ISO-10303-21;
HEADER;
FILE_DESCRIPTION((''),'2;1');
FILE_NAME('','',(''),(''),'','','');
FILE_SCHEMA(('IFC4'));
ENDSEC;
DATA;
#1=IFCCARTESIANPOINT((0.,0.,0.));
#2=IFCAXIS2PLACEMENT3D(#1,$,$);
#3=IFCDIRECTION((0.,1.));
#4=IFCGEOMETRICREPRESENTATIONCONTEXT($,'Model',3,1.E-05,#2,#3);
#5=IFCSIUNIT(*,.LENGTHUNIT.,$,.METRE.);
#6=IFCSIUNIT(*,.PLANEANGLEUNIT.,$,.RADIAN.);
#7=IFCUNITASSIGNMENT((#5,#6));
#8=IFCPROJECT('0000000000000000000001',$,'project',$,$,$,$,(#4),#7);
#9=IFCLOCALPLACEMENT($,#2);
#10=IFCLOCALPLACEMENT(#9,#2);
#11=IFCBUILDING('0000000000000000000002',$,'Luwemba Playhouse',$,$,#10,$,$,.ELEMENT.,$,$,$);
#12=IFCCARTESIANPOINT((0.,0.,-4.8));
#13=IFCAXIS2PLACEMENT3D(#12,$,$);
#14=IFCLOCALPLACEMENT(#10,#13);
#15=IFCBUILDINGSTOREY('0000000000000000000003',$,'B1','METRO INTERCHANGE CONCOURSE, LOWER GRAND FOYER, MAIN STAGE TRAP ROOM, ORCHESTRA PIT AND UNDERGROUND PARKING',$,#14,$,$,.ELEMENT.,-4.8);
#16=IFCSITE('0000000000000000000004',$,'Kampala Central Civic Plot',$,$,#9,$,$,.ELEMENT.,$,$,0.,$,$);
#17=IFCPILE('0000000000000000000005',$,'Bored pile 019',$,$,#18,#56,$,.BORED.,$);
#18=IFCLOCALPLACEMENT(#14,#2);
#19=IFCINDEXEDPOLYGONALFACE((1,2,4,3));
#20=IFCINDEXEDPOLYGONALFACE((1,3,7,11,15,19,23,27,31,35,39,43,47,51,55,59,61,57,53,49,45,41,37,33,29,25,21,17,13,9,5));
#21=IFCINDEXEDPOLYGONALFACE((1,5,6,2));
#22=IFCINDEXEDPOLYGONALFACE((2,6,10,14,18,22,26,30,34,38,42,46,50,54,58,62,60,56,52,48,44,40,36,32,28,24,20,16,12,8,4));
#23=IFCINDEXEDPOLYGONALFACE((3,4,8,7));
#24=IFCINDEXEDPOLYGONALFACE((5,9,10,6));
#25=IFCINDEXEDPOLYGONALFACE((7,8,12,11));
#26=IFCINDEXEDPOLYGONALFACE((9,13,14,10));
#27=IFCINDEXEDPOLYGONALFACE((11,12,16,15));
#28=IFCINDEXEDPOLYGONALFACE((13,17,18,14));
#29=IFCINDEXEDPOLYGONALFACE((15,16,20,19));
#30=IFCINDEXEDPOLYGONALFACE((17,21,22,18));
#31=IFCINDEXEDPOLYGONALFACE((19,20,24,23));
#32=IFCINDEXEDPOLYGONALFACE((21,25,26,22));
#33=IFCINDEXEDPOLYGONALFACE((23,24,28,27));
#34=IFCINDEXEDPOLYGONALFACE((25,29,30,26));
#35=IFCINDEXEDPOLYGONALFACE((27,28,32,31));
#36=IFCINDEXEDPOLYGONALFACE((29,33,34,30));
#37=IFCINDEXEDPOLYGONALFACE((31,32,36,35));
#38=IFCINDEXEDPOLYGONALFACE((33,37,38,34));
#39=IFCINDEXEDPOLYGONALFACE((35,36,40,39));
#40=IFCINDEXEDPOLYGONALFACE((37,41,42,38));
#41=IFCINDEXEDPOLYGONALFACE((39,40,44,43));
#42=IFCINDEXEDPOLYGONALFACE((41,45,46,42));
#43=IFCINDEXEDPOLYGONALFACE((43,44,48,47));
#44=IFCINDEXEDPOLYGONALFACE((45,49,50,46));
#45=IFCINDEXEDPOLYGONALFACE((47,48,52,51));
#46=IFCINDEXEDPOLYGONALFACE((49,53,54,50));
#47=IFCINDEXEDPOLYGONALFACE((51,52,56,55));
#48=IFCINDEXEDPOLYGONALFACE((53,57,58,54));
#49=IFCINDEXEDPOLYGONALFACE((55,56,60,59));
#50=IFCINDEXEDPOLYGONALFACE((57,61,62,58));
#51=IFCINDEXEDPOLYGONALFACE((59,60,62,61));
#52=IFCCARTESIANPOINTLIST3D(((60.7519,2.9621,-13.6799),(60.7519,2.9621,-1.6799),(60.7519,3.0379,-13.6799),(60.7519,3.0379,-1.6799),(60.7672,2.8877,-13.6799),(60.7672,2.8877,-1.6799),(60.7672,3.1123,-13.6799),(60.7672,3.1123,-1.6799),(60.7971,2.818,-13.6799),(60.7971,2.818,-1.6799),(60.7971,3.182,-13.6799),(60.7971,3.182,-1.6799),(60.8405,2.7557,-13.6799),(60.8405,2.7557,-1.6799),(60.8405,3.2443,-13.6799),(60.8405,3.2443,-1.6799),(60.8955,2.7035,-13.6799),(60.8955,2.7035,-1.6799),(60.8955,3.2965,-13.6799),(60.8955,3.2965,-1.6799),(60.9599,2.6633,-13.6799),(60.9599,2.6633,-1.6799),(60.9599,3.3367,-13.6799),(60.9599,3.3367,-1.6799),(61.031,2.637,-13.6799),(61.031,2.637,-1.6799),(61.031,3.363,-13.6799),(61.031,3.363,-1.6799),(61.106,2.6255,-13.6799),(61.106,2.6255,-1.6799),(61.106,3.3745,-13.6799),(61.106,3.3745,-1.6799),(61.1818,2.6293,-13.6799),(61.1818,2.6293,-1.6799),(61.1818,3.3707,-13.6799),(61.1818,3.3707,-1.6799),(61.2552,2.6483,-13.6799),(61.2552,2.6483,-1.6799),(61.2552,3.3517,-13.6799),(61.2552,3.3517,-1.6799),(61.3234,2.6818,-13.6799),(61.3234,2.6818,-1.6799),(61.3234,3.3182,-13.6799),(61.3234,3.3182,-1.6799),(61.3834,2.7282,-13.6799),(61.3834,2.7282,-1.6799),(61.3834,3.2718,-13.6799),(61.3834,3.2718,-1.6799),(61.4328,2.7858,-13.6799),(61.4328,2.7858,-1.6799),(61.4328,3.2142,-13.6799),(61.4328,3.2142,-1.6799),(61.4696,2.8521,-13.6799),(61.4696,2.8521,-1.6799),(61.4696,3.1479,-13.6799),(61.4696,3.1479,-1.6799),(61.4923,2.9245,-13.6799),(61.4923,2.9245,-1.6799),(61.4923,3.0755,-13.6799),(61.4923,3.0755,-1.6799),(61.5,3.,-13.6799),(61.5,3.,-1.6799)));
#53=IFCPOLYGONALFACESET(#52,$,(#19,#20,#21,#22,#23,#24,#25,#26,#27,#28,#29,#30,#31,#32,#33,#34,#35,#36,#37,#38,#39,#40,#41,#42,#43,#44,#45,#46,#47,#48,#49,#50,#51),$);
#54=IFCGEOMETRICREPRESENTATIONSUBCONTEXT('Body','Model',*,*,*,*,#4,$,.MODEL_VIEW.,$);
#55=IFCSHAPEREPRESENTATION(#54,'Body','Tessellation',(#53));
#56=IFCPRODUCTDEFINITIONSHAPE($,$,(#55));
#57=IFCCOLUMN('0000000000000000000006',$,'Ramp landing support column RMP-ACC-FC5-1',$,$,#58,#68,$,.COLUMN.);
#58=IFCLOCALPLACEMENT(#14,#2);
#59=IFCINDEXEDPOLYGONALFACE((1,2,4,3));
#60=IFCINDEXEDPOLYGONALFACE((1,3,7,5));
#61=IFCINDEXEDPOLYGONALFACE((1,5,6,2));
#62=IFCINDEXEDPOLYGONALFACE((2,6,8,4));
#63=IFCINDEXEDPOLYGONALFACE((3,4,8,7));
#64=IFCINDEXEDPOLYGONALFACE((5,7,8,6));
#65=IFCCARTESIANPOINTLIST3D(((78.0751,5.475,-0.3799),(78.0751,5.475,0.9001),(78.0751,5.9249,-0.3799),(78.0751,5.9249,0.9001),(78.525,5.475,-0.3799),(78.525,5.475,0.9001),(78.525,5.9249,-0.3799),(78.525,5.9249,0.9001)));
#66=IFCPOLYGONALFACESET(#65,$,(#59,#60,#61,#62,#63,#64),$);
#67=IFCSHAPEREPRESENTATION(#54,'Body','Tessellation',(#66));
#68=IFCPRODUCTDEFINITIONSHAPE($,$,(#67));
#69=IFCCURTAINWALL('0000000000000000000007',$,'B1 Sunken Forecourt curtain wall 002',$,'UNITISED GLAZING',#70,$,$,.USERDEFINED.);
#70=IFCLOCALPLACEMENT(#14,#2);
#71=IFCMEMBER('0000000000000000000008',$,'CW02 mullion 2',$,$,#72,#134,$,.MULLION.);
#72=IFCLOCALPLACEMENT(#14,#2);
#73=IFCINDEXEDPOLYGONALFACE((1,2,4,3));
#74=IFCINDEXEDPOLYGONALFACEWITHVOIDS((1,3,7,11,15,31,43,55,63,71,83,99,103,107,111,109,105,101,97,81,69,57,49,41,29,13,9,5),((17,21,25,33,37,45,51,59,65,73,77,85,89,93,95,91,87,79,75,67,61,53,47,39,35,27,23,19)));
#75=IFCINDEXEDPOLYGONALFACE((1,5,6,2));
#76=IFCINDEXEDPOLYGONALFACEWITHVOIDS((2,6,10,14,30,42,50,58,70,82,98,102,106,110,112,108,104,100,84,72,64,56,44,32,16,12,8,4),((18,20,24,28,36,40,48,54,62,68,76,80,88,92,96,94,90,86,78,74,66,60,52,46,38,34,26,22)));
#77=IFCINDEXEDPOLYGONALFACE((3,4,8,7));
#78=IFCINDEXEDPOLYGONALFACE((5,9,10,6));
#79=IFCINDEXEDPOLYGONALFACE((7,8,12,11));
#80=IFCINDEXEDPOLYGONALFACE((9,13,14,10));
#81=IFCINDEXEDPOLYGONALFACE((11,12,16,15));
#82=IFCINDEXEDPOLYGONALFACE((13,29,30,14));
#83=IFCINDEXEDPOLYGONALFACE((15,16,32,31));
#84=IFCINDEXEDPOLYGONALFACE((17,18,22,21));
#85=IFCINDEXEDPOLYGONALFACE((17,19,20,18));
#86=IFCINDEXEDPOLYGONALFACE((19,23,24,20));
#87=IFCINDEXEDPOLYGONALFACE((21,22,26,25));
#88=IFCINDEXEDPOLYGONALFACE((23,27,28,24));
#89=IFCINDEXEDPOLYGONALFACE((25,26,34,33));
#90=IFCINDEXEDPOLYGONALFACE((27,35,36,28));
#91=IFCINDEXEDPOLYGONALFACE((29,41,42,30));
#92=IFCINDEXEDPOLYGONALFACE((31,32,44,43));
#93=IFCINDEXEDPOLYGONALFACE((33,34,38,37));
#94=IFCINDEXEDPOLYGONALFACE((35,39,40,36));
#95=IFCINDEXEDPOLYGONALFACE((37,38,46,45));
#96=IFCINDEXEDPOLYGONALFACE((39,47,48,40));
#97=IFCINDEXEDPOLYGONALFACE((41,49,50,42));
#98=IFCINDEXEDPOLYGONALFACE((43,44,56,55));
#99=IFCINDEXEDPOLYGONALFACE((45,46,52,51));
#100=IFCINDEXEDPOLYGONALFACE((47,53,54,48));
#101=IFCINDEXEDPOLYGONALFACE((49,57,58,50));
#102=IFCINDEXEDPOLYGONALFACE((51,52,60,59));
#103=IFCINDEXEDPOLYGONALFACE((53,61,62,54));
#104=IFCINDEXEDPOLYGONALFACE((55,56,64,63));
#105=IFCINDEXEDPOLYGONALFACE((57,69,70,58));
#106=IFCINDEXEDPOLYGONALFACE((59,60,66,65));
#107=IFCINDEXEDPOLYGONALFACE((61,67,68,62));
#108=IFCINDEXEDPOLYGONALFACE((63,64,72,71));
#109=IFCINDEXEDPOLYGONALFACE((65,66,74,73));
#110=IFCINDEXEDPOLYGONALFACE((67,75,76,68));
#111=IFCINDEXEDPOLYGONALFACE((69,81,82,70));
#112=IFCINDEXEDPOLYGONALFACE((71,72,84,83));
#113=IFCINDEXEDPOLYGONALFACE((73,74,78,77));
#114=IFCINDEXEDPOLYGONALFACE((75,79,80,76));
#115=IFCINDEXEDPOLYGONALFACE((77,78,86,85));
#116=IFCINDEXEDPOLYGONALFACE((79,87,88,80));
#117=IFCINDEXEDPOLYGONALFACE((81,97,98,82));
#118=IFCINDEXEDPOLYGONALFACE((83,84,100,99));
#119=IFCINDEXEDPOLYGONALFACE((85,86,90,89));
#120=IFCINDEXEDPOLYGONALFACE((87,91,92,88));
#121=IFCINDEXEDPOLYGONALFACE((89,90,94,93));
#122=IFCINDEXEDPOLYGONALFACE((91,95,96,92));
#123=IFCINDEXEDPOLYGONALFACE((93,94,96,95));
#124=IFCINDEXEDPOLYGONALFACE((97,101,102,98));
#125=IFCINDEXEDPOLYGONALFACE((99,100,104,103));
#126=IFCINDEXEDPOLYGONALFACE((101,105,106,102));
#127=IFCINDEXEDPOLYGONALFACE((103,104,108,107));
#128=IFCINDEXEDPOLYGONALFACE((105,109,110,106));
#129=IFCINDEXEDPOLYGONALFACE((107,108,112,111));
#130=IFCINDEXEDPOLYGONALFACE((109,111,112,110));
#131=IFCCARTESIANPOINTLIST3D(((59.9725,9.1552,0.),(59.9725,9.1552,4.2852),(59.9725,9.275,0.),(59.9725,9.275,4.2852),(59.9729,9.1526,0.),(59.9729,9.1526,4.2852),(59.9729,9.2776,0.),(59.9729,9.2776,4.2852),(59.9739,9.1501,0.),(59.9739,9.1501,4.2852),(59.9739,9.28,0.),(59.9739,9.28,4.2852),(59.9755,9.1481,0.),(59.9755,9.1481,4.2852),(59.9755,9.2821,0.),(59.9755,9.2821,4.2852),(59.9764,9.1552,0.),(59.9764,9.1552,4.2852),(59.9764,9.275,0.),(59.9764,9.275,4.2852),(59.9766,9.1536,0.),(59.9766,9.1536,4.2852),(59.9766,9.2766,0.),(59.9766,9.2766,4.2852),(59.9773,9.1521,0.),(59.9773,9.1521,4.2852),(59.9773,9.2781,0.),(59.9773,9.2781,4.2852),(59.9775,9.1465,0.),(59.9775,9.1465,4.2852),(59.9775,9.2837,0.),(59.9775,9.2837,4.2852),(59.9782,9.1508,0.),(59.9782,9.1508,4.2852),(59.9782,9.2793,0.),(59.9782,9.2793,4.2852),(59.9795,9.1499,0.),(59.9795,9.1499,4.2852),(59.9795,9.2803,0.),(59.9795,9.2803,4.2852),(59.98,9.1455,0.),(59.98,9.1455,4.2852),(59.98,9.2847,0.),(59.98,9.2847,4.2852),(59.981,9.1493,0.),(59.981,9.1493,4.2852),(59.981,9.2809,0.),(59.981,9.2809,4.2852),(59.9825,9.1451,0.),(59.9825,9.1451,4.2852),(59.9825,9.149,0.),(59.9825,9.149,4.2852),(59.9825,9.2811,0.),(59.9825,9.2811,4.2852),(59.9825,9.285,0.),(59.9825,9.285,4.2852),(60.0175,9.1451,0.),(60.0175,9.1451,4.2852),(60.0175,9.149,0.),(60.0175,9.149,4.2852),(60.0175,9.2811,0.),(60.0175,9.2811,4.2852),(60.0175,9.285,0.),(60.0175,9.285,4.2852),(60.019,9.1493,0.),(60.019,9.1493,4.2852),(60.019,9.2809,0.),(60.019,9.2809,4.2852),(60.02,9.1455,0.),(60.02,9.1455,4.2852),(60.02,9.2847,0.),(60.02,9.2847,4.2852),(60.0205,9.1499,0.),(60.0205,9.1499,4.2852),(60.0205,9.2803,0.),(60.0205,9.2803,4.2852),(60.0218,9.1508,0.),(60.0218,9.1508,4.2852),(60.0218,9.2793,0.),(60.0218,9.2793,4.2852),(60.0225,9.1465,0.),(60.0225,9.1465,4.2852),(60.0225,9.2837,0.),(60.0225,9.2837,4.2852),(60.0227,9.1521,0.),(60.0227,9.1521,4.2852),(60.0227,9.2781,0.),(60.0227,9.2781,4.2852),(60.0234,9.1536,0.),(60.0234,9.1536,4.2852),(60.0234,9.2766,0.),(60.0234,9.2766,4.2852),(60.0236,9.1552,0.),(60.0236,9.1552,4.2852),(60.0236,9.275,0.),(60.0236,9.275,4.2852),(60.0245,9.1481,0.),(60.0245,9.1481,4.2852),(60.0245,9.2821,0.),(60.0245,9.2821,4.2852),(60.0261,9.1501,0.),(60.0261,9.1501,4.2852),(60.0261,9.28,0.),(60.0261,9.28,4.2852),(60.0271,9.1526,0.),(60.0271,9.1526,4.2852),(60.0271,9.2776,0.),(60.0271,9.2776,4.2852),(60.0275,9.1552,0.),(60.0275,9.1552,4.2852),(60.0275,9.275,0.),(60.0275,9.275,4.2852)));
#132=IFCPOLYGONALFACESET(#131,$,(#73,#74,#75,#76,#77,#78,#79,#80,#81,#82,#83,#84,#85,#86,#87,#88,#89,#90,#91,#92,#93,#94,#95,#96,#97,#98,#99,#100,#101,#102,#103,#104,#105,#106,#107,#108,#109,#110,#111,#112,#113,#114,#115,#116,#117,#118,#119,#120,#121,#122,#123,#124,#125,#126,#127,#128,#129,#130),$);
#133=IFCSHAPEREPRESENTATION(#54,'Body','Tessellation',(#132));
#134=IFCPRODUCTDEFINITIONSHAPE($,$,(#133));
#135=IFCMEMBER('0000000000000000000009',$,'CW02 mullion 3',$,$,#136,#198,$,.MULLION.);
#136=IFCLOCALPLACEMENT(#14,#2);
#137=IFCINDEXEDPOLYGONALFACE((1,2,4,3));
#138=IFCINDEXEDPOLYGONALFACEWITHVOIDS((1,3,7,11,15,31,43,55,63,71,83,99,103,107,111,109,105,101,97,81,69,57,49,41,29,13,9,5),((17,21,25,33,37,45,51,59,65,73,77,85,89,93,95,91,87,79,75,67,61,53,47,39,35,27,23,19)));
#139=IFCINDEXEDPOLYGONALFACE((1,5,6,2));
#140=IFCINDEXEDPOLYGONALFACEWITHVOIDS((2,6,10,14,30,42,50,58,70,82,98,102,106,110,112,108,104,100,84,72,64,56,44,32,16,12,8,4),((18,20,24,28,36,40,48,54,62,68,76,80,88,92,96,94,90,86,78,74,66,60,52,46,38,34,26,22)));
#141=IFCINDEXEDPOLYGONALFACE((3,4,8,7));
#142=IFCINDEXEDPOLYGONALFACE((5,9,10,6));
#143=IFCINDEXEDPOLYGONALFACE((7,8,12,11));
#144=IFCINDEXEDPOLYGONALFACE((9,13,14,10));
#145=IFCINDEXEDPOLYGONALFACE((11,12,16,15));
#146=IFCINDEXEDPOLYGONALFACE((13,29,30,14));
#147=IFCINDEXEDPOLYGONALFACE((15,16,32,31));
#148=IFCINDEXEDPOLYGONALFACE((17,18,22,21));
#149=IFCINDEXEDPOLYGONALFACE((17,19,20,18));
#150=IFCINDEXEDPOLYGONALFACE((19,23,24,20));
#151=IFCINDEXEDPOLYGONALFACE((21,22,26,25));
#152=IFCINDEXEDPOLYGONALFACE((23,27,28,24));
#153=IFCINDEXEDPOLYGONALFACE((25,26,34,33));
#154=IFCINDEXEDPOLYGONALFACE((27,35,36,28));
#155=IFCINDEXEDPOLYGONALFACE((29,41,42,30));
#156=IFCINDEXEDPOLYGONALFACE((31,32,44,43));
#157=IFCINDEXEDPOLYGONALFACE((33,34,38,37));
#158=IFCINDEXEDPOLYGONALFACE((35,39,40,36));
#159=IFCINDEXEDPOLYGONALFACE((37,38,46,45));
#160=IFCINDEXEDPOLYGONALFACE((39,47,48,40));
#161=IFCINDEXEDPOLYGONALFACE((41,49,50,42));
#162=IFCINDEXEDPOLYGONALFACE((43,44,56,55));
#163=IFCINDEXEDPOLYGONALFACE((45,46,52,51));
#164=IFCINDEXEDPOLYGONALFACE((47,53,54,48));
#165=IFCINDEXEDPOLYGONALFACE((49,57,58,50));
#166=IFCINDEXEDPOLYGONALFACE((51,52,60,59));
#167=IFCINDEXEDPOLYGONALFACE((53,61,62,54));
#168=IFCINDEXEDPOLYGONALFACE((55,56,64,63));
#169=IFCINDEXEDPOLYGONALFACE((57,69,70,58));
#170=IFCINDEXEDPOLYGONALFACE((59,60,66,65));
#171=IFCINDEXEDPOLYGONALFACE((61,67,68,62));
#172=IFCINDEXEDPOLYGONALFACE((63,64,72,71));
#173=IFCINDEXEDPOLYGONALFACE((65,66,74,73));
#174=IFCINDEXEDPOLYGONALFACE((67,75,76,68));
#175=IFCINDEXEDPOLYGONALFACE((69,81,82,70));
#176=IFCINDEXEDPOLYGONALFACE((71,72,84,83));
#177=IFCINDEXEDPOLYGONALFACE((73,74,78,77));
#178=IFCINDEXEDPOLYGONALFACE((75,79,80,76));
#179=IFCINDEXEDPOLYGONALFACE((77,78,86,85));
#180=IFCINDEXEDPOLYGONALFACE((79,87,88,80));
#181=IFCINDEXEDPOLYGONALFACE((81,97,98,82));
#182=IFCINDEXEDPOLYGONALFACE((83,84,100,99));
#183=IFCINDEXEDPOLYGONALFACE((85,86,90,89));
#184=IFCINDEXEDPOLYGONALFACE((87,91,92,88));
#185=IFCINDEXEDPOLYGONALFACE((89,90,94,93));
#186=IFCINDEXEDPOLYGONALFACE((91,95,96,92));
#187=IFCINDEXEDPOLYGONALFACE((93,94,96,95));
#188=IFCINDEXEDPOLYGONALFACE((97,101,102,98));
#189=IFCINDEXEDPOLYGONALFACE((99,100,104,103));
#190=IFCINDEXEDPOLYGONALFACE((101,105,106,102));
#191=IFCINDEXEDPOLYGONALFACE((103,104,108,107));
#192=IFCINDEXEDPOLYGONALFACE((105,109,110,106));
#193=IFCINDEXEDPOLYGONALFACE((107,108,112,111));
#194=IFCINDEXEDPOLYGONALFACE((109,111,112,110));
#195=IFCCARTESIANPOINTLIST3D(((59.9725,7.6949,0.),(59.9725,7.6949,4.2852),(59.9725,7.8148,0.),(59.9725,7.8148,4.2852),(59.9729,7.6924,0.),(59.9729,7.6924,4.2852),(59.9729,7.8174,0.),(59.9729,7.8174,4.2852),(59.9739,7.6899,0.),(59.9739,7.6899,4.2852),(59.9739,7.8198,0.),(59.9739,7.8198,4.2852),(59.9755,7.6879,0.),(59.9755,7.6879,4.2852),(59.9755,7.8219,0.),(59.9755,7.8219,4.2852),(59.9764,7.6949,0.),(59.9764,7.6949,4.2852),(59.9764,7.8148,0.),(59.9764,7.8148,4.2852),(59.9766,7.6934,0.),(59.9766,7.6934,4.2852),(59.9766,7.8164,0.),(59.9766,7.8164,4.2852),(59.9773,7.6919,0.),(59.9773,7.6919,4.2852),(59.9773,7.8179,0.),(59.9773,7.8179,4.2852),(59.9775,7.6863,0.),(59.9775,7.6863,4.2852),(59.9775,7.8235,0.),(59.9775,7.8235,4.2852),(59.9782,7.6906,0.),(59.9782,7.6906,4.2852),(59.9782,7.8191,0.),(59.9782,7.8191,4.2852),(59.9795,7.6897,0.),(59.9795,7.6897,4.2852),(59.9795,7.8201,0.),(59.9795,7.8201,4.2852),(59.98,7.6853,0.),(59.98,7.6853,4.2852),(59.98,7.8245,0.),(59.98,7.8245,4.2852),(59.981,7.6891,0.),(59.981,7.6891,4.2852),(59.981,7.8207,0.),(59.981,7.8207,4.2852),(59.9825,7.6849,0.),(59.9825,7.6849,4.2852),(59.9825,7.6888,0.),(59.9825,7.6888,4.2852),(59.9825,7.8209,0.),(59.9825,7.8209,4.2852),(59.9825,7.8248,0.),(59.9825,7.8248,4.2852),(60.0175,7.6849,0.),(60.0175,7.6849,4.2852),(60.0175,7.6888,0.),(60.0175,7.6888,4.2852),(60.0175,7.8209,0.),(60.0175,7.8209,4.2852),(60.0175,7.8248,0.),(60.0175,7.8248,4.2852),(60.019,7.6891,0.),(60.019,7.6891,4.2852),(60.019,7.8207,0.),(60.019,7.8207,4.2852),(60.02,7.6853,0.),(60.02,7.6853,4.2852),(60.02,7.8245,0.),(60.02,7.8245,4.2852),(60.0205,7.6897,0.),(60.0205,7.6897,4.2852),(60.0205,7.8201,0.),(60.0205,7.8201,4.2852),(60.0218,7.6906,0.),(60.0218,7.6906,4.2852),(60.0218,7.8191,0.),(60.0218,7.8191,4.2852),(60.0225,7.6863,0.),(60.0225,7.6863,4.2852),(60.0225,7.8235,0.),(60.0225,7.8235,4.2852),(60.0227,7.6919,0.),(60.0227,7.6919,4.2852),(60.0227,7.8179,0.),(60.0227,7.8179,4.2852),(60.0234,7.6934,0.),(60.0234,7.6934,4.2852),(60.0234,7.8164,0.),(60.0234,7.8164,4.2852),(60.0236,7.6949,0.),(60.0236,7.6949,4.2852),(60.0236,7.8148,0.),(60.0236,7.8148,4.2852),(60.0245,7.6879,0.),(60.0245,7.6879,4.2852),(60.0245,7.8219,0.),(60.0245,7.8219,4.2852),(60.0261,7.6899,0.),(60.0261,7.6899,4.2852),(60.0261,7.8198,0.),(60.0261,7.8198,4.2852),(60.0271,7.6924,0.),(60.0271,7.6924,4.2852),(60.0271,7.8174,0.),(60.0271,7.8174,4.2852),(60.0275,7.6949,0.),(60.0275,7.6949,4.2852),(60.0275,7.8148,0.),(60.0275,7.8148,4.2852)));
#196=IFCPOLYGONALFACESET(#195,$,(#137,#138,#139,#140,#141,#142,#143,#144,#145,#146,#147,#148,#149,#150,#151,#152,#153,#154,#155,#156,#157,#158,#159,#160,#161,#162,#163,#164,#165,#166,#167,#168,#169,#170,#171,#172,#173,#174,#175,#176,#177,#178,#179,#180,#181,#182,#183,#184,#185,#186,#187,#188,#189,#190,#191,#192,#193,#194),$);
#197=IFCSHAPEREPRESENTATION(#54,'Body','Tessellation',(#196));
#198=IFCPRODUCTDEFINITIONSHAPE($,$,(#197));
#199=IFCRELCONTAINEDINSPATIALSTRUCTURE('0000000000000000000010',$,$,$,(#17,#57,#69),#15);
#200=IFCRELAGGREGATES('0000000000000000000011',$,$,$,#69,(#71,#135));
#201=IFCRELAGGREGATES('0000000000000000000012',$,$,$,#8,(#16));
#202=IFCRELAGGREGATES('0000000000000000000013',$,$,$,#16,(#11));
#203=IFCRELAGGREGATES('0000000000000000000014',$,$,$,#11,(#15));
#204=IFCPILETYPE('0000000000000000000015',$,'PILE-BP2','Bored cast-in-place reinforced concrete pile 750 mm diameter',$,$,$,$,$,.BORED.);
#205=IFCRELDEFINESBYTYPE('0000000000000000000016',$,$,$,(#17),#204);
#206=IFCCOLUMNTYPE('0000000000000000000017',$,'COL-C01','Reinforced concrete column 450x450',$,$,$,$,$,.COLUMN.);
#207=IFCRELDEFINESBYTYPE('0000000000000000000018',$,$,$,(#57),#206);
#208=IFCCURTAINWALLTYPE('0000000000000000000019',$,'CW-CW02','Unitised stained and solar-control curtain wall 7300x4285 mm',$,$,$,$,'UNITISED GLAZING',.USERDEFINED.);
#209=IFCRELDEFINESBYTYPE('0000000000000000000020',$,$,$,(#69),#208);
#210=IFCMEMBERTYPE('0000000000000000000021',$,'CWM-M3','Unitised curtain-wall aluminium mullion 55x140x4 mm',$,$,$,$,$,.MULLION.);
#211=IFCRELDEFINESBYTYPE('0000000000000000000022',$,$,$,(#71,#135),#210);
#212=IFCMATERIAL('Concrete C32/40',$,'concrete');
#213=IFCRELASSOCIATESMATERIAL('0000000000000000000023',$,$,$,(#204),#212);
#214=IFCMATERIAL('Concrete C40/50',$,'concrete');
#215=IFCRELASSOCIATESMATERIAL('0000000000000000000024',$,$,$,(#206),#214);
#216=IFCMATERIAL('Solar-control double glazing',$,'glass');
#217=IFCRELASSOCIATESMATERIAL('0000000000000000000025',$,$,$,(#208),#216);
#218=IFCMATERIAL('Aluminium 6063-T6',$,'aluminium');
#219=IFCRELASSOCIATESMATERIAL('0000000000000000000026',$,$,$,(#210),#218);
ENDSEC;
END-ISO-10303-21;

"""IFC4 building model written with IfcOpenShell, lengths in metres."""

from ifc_helpers import new_model, si_unit, direction, frame, origin, origin_2d, place, context, subcontext, project, spatial, rectangle, hollow_rectangle, circle, extrude, material, material_profile, profile_set, type_object, element, aggregate, save


model = new_model("IFC4")

# Units and contexts
model_context = context("Model", 3, precision=1e-05, world=origin(), true_north=direction((0.0, 1.0)))
body_context = subcontext(model_context, "Body", "Model", "MODEL_VIEW")
ifc_project = project(units=[si_unit("LENGTHUNIT", "METRE"), si_unit("PLANEANGLEUNIT", "RADIAN")], contexts=[model_context])

# Site, building, storey
site_placement = place(None, origin())
site = spatial("IfcSite", under=ifc_project, at=site_placement, Name="Kampala Central Civic Plot", CompositionType="ELEMENT", RefElevation=0.0)
building_placement = place(site_placement, origin())
building = spatial("IfcBuilding", under=site, at=building_placement, Name="Luwemba Playhouse", CompositionType="ELEMENT")
storey_placement = place(building_placement, frame((0.0, 0.0, -4.8)))
storey = spatial("IfcBuildingStorey", under=building, at=storey_placement, Name="B1", Description="METRO INTERCHANGE CONCOURSE, LOWER GRAND FOYER, MAIN STAGE TRAP ROOM, ORCHESTRA PIT AND UNDERGROUND PARKING", CompositionType="ELEMENT", Elevation=-4.8)

# Shared definitions
ifc_material_1 = material(Name="Concrete C32/40", Category="concrete")

# Pile
ifc_material_profile_1 = material_profile(ifc_material_1, circle(Radius=0.375, at=origin_2d()))
ifc_profile_set_1 = profile_set([ifc_material_profile_1], Name="Concrete C32/40")
pile_type_1 = type_object("IfcPileType", Name="PILE-BP2", Description="Bored cast-in-place reinforced concrete pile 750 mm diameter", PredefinedType="BORED", material=ifc_profile_set_1)
pile_placement = place(storey_placement, frame((61.125, 3.0, -1.6799), z_axis=(0.0, 0.0, -1.0), x_axis=(1.0, 0.0, 0.0)))
element("IfcPile", 1, at=pile_placement, inside=storey, type_object=pile_type_1, Name="Bored pile 019", PredefinedType="BORED", context=body_context, shape_type="SweptSolid", body=[
    extrude(circle(Radius=0.375, at=origin_2d()), origin(), (0.0, 0.0, 1.0), 12.0),
])

# Column
ifc_material_2 = material(Name="Concrete C40/50", Category="concrete")
ifc_material_profile_2 = material_profile(ifc_material_2, rectangle(XDim=0.45, YDim=0.45, at=origin_2d()))
ifc_profile_set_2 = profile_set([ifc_material_profile_2], Name="Concrete C40/50")
column_type = type_object("IfcColumnType", Name="COL-C01", Description="Reinforced concrete column 450x450", PredefinedType="COLUMN", material=ifc_profile_set_2)
column_placement = place(storey_placement, frame((78.3, 5.7, -0.3799), z_axis=(0.0, 0.0, 1.0), x_axis=(1.0, 0.0, 0.0)))
element("IfcColumn", 2, at=column_placement, inside=storey, type_object=column_type, Name="Ramp landing support column RMP-ACC-FC5-1", PredefinedType="COLUMN", context=body_context, shape_type="SweptSolid", body=[
    extrude(rectangle(XDim=0.45, YDim=0.45, at=origin_2d()), origin(), (0.0, 0.0, 1.0), 1.28),
])

# Curtain wall, members
ifc_material_3 = material(Name="Solar-control double glazing", Category="glass")
curtain_wall_type = type_object("IfcCurtainWallType", Name="CW-CW02", Description="Unitised stained and solar-control curtain wall 7300x4285 mm", ElementType="UNITISED GLAZING", PredefinedType="USERDEFINED", material=ifc_material_3)
curtain_wall_placement = place(storey_placement, origin())
curtain_wall = element("IfcCurtainWall", 3, at=curtain_wall_placement, inside=storey, type_object=curtain_wall_type, Name="B1 Sunken Forecourt curtain wall 002", ObjectType="UNITISED GLAZING", PredefinedType="USERDEFINED")
ifc_material_4 = material(Name="Aluminium 6063-T6", Category="aluminium")
ifc_material_profile_3 = material_profile(ifc_material_4, hollow_rectangle(XDim=0.0549, YDim=0.1399, WallThickness=0.0039, InnerFilletRadius=0.0061, OuterFilletRadius=0.01, at=origin_2d()))
ifc_profile_set_3 = profile_set([ifc_material_profile_3], Name="Aluminium 6063-T6")
member_type_1 = type_object("IfcMemberType", Name="CWM-M3", Description="Unitised curtain-wall aluminium mullion 55x140x4 mm", PredefinedType="MULLION", material=ifc_profile_set_3)
member_1_placement = place(storey_placement, frame((60.0, 9.2151, 0.0), z_axis=(0.0, 0.0, 1.0), x_axis=(1.0, 0.0, 0.0)))
member_1 = element("IfcMember", 4, at=member_1_placement, type_object=member_type_1, Name="CW02 mullion 2", PredefinedType="MULLION", context=body_context, shape_type="SweptSolid", body=[
    extrude(hollow_rectangle(XDim=0.0549, YDim=0.1399, WallThickness=0.0039, InnerFilletRadius=0.0061, OuterFilletRadius=0.01, at=origin_2d()), origin(), (0.0, 0.0, 1.0), 4.2852),
])
member_2_placement = place(storey_placement, frame((60.0, 7.7549, 0.0), z_axis=(0.0, 0.0, 1.0), x_axis=(1.0, 0.0, 0.0)))
member_2 = element("IfcMember", 5, at=member_2_placement, type_object=member_type_1, Name="CW02 mullion 3", PredefinedType="MULLION", context=body_context, shape_type="SweptSolid", body=[
    extrude(hollow_rectangle(XDim=0.0549, YDim=0.1399, WallThickness=0.0039, InnerFilletRadius=0.0061, OuterFilletRadius=0.01, at=origin_2d()), origin(), (0.0, 0.0, 1.0), 4.2852),
])
aggregate(curtain_wall, [member_1, member_2])

save(model, "model.ifc")
